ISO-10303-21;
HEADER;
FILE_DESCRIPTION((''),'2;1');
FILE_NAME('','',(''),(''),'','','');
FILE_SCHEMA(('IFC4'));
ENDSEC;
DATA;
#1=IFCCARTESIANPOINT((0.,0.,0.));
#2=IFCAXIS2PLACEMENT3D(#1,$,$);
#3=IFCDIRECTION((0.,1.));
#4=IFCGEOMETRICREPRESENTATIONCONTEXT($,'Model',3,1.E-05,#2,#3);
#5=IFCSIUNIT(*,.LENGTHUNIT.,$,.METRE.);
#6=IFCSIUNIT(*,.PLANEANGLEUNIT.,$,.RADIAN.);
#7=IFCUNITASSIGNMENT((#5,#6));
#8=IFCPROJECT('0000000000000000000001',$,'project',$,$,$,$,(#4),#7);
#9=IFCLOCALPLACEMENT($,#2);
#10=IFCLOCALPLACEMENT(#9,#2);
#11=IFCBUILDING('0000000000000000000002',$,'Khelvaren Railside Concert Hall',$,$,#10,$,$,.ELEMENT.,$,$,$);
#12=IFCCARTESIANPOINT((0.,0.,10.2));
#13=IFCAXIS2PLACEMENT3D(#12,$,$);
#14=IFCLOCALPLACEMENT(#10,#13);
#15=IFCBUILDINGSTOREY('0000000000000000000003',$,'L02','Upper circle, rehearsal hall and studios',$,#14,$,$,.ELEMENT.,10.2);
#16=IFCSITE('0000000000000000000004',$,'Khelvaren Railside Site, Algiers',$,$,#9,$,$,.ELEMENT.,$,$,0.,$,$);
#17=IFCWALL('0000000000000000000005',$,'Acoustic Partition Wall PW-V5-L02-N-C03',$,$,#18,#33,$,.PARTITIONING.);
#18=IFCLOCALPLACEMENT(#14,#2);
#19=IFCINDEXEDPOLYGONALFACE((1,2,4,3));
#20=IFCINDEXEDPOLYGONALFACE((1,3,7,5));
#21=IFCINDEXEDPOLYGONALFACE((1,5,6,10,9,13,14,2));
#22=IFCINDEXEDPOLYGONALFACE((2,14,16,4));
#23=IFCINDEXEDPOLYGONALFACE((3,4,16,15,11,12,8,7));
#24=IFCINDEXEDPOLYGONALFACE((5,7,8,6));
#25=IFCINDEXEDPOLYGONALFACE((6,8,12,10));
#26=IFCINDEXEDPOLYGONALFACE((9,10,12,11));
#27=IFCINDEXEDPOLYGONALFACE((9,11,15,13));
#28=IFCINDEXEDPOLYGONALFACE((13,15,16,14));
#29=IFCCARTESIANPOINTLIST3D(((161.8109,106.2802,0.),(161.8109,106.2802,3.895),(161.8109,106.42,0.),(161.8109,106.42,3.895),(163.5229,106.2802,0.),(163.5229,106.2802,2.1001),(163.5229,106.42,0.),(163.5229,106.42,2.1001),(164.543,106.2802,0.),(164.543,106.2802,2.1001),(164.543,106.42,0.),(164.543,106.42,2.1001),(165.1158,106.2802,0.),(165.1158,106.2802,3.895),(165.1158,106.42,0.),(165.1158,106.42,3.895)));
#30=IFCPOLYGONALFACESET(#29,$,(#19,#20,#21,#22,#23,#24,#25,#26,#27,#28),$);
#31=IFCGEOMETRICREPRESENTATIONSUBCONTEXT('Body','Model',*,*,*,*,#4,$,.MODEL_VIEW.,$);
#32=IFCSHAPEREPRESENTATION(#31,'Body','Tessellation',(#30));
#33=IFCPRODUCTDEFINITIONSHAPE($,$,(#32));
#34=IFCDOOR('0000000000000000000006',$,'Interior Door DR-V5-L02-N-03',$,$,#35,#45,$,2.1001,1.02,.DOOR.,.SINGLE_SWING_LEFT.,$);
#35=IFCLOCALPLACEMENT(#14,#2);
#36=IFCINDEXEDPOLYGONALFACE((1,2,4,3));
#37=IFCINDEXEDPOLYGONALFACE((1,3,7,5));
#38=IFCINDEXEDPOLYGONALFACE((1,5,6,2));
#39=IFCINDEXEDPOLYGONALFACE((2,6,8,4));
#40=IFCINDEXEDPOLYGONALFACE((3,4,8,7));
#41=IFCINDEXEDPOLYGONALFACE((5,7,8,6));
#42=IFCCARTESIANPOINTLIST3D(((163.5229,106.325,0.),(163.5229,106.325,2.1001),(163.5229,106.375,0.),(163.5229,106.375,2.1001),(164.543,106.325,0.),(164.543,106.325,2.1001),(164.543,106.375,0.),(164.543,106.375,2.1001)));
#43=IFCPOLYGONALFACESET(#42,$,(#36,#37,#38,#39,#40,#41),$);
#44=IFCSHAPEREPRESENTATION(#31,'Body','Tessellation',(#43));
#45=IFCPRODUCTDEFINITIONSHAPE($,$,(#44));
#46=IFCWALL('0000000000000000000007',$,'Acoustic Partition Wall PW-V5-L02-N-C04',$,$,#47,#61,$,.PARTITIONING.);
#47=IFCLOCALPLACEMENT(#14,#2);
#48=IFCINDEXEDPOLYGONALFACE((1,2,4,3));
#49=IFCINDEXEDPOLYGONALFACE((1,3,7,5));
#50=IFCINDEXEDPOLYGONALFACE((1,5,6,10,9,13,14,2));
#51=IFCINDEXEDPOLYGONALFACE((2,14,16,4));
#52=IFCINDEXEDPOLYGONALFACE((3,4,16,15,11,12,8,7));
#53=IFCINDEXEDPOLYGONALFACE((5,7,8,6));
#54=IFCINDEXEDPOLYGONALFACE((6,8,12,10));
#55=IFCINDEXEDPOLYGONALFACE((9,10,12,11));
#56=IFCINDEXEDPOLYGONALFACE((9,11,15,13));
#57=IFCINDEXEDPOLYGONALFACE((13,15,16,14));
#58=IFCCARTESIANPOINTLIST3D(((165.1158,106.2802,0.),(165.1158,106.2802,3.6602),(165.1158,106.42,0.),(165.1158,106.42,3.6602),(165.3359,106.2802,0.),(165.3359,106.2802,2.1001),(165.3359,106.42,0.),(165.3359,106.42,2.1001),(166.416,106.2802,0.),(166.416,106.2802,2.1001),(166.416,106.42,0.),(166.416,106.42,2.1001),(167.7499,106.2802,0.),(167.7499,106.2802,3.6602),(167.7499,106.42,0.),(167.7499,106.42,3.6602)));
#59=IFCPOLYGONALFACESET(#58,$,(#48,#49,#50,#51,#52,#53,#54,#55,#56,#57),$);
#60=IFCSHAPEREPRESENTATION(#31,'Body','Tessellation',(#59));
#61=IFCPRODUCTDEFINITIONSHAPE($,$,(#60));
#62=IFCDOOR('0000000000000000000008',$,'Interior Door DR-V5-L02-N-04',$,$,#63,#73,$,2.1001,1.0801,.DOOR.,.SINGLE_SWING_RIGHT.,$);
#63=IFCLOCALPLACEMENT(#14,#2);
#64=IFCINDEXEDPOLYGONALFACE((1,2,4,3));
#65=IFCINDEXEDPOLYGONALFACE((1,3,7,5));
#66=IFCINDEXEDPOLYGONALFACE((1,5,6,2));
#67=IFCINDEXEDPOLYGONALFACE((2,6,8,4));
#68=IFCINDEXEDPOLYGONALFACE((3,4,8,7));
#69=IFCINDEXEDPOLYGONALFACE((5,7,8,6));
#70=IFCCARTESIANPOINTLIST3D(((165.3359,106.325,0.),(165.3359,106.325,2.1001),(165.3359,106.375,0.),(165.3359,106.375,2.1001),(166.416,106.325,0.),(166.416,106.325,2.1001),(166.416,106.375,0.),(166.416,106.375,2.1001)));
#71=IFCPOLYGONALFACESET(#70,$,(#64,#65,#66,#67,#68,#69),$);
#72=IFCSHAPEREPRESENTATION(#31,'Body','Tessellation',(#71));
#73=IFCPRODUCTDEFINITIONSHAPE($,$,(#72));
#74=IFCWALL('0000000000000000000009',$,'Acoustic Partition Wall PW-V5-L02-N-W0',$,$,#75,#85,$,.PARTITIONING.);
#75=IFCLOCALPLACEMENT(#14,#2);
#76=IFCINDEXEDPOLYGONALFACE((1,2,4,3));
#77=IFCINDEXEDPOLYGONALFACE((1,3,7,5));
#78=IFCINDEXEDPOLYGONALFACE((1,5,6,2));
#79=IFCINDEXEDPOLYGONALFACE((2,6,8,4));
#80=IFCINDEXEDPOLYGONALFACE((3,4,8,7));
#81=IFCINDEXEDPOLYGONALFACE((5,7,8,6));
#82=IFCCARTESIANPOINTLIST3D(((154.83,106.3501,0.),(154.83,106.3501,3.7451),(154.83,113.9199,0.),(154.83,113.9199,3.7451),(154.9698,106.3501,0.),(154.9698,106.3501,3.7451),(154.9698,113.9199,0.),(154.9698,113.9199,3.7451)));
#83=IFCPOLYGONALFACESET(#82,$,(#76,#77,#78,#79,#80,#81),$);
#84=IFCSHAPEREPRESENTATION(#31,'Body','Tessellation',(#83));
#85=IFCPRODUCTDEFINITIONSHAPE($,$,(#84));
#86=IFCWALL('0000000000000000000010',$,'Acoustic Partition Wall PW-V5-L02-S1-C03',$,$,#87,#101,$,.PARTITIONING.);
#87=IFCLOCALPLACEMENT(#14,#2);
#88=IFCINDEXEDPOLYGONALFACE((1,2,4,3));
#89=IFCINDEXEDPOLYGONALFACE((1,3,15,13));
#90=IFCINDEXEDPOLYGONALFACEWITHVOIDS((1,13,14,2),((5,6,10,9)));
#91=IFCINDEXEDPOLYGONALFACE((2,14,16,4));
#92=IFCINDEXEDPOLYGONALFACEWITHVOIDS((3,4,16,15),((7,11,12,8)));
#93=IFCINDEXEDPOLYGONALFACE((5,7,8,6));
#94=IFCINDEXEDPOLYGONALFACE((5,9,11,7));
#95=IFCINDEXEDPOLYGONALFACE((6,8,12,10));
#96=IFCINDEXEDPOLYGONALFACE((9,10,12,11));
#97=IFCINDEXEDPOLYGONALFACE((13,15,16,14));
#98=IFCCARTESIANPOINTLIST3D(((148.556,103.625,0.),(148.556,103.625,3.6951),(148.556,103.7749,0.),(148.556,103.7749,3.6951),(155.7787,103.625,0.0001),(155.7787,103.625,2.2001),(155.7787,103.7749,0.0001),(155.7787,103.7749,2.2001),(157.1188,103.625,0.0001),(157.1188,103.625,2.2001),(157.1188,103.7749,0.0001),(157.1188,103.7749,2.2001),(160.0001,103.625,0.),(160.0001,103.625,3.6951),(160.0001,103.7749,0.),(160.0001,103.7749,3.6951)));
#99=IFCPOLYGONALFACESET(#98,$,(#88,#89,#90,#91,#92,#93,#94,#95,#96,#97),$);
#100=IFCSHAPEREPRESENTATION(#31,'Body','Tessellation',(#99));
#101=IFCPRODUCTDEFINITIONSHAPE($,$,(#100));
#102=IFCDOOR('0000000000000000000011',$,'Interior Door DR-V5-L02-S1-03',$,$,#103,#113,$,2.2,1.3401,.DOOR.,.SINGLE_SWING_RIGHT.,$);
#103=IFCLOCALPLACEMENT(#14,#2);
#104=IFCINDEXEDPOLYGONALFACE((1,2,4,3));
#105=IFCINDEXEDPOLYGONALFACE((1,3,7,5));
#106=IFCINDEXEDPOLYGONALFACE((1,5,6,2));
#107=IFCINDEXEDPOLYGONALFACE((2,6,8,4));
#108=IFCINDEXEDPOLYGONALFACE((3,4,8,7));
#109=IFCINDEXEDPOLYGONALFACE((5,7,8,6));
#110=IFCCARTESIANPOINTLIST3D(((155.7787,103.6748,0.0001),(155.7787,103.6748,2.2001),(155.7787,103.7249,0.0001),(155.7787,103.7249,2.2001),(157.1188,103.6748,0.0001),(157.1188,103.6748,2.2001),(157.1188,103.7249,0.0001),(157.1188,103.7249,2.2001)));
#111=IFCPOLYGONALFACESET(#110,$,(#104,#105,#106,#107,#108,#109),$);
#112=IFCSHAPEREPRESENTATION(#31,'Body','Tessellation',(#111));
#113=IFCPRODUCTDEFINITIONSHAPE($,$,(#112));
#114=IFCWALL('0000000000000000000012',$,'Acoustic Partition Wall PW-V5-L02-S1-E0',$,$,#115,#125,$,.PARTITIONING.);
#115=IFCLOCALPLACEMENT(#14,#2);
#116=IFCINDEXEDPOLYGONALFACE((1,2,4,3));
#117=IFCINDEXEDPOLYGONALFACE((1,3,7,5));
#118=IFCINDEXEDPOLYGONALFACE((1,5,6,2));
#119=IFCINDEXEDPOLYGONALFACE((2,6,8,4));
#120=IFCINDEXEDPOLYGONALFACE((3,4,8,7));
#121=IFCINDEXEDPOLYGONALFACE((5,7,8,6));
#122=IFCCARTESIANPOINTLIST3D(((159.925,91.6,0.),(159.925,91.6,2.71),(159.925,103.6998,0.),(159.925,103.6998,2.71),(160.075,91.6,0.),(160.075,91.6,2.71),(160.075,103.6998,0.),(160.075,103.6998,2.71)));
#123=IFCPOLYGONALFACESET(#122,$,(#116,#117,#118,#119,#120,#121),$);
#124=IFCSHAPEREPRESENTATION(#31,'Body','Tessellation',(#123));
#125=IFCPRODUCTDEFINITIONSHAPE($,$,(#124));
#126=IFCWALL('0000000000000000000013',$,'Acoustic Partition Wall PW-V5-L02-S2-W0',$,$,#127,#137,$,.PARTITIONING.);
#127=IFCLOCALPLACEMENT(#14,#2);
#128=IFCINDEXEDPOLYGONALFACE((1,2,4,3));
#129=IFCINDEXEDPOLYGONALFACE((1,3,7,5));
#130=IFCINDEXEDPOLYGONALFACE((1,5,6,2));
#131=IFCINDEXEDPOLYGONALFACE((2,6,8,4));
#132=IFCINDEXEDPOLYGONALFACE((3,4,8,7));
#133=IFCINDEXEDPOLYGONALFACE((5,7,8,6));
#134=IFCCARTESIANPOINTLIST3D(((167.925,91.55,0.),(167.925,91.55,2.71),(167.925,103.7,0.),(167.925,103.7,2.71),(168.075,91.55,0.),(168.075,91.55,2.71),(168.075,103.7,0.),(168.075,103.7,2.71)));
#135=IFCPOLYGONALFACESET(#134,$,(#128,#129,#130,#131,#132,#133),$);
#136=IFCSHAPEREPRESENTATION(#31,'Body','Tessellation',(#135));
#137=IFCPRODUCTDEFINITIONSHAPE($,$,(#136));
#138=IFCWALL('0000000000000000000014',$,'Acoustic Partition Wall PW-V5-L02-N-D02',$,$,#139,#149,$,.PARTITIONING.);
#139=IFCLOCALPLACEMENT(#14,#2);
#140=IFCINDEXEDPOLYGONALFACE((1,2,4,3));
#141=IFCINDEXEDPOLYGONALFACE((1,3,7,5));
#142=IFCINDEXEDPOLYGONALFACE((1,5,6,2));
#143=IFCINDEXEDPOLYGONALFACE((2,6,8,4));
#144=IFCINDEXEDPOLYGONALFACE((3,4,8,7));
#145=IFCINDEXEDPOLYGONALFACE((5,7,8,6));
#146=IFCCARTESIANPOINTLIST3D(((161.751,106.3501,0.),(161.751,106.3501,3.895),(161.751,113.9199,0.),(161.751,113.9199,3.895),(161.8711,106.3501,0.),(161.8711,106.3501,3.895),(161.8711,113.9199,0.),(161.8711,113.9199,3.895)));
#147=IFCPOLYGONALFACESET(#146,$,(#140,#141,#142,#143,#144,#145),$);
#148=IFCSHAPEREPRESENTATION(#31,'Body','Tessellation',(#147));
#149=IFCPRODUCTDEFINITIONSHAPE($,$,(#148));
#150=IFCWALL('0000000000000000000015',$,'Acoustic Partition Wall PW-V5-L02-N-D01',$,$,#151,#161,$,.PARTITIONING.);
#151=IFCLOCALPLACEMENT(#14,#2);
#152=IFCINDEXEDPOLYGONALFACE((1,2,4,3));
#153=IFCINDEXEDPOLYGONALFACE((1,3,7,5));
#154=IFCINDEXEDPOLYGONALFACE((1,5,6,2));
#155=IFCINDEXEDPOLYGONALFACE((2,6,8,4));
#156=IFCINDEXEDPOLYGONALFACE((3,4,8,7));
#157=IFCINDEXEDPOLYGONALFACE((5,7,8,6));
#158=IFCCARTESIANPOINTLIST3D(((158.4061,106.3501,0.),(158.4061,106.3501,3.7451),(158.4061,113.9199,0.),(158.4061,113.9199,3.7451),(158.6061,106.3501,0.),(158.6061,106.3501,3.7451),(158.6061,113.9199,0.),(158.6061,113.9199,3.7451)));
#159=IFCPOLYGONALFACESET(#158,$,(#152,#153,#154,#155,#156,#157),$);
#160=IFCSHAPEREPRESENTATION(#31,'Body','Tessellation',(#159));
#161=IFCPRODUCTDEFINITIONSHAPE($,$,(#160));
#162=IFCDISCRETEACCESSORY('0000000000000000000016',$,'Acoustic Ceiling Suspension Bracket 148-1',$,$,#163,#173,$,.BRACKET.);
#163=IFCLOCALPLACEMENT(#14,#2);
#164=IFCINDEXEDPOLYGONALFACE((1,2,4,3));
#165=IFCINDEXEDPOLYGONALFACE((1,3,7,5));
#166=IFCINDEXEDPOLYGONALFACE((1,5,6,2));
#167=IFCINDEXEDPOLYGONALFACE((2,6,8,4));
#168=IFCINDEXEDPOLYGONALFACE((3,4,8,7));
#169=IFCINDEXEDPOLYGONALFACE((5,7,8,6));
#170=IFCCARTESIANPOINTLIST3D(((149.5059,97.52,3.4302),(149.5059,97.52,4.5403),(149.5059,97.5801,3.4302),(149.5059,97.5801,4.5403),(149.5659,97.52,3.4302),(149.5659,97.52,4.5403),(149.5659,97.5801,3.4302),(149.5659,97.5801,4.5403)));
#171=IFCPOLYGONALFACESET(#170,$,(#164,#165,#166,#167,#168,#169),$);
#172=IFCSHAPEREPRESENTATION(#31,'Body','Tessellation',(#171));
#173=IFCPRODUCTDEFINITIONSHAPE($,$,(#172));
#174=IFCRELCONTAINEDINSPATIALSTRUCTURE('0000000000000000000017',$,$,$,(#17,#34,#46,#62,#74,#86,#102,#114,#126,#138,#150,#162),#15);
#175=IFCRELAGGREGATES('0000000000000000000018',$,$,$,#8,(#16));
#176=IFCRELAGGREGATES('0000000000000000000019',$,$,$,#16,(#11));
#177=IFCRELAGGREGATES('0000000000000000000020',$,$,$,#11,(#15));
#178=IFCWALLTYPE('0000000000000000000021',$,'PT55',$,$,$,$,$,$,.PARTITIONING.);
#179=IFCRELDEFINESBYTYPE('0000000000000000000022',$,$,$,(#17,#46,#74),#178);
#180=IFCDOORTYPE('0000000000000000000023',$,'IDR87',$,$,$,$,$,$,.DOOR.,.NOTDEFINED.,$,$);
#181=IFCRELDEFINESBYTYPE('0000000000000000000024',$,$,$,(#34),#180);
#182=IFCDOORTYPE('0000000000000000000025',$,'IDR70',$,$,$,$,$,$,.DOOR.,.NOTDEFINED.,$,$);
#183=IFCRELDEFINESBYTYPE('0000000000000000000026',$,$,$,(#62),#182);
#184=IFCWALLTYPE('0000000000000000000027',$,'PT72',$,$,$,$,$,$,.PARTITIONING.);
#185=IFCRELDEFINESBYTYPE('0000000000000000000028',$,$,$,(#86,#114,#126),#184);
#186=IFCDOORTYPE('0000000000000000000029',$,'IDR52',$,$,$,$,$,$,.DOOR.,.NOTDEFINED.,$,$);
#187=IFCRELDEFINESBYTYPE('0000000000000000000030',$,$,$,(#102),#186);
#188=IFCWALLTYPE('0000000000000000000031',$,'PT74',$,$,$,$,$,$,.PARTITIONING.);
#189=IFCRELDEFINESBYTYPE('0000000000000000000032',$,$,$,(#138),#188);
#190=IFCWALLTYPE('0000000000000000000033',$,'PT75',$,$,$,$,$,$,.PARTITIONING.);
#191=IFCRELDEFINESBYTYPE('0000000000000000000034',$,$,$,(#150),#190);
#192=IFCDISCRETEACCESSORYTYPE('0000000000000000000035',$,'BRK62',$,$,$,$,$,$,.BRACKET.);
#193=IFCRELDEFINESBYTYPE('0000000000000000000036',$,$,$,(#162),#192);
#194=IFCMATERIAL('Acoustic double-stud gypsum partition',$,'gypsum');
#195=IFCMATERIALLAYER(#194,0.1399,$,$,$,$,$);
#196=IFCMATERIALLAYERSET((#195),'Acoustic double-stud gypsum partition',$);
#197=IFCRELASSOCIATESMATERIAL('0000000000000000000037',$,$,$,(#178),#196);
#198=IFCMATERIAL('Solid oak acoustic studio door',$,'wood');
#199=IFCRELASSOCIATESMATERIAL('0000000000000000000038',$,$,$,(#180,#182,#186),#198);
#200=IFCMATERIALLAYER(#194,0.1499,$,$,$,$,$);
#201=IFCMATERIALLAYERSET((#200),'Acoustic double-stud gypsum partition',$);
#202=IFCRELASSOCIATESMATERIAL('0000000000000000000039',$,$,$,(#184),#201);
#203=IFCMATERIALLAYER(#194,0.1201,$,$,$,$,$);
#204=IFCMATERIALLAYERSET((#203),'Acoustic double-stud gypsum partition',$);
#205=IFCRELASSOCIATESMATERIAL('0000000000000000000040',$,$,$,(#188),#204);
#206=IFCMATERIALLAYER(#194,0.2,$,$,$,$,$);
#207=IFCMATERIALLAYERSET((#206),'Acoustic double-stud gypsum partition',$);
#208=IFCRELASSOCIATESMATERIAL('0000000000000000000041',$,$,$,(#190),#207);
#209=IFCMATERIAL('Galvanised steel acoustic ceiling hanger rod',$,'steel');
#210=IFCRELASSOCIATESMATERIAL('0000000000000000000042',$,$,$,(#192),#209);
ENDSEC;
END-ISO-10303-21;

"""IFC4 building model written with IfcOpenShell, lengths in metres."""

from ifc_helpers import new_model, si_unit, direction, frame, frame_2d, origin, origin_2d, place, context, subcontext, project, spatial, rectangle, extrude, material, layer, layer_set, type_object, element, fill, save


model = new_model("IFC4")

# Units and contexts
model_context = context("Model", 3, precision=1e-05, world=origin(), true_north=direction((0.0, 1.0)))
body_context = subcontext(model_context, "Body", "Model", "MODEL_VIEW")
ifc_project = project(units=[si_unit("LENGTHUNIT", "METRE"), si_unit("PLANEANGLEUNIT", "RADIAN")], contexts=[model_context])

# Site, building, storey
site_placement = place(None, origin())
site = spatial("IfcSite", under=ifc_project, at=site_placement, Name="Khelvaren Railside Site, Algiers", CompositionType="ELEMENT", RefElevation=0.0)
building_placement = place(site_placement, origin())
building = spatial("IfcBuilding", under=site, at=building_placement, Name="Khelvaren Railside Concert Hall", CompositionType="ELEMENT")
storey_placement = place(building_placement, frame((0.0, 0.0, 10.2)))
storey = spatial("IfcBuildingStorey", under=building, at=storey_placement, Name="L02", Description="Upper circle, rehearsal hall and studios", CompositionType="ELEMENT", Elevation=10.2)

# Shared definitions
ifc_material_1 = material(Name="Acoustic double-stud gypsum partition", Category="gypsum")

# Walls, openings, doors
ifc_layer_1 = layer(ifc_material_1, 0.1399)
ifc_layer_set_1 = layer_set([ifc_layer_1], Name="Acoustic double-stud gypsum partition")
wall_type_1 = type_object("IfcWallType", Name="PT55", PredefinedType="PARTITIONING", material=ifc_layer_set_1)
ifc_material_2 = material(Name="Solid oak acoustic studio door", Category="wood")
wall_1_placement = place(storey_placement, frame((161.811, 106.3501, 0.0), z_axis=(0.0, 0.0, 1.0), x_axis=(1.0, 0.0, 0.0)))
wall_1 = element("IfcWall", 1, at=wall_1_placement, inside=storey, type_object=wall_type_1, Name="Acoustic Partition Wall PW-V5-L02-N-C03", PredefinedType="PARTITIONING", context=body_context, shape_type="SweptSolid", body=[
    extrude(rectangle(XDim=3.3049, YDim=0.1399, at=frame_2d((1.6523, 0.0))), origin(), (0.0, 0.0, 1.0), 3.895),
])
opening_1_placement = place(wall_1_placement, frame((1.7119, 0.0, 0.0)))
opening_1 = element("IfcOpeningElement", 2, at=opening_1_placement, cuts=wall_1, PredefinedType="OPENING", context=body_context, shape_type="SweptSolid", body=[
    extrude(rectangle(XDim=1.02, YDim=2.1001, at=frame_2d((0.51, 1.05))), frame((0.0, 0.0798, 0.0), z_axis=(0.0, -1.0, 0.0), x_axis=(1.0, 0.0, 0.0)), (0.0, 0.0, 1.0), 0.1599),
])
door_type_1 = type_object("IfcDoorType", Name="IDR87", OperationType="NOTDEFINED", PredefinedType="DOOR", material=ifc_material_2)
door_1_placement = place(opening_1_placement, origin())
door_1 = element("IfcDoor", 3, at=door_1_placement, inside=storey, type_object=door_type_1, Name="Interior Door DR-V5-L02-N-03", OperationType="SINGLE_SWING_LEFT", OverallHeight=2.1001, OverallWidth=1.02, PredefinedType="DOOR", context=body_context, shape_type="SweptSolid", body=[
    extrude(rectangle(XDim=1.02, YDim=2.1001, at=frame_2d((0.51, 1.05))), frame((0.0, 0.0249, 0.0), z_axis=(0.0, -1.0, 0.0), x_axis=(1.0, 0.0, 0.0)), (0.0, 0.0, 1.0), 0.05),
])
fill(opening_1, door_1)
wall_2_placement = place(storey_placement, frame((165.116, 106.3501, 0.0), z_axis=(0.0, 0.0, 1.0), x_axis=(1.0, 0.0, 0.0)))
wall_2 = element("IfcWall", 4, at=wall_2_placement, inside=storey, type_object=wall_type_1, Name="Acoustic Partition Wall PW-V5-L02-N-C04", PredefinedType="PARTITIONING", context=body_context, shape_type="SweptSolid", body=[
    extrude(rectangle(XDim=2.634, YDim=0.1399, at=frame_2d((1.3169, 0.0))), origin(), (0.0, 0.0, 1.0), 3.6602),
])
opening_2_placement = place(wall_2_placement, frame((0.22, 0.0, 0.0)))
opening_2 = element("IfcOpeningElement", 5, at=opening_2_placement, cuts=wall_2, PredefinedType="OPENING", context=body_context, shape_type="SweptSolid", body=[
    extrude(rectangle(XDim=1.0801, YDim=2.1001, at=frame_2d((0.54, 1.05))), frame((0.0, 0.0798, 0.0), z_axis=(0.0, -1.0, 0.0), x_axis=(1.0, 0.0, 0.0)), (0.0, 0.0, 1.0), 0.1599),
])
door_type_2 = type_object("IfcDoorType", Name="IDR70", OperationType="NOTDEFINED", PredefinedType="DOOR", material=ifc_material_2)
door_2_placement = place(opening_2_placement, origin())
door_2 = element("IfcDoor", 6, at=door_2_placement, inside=storey, type_object=door_type_2, Name="Interior Door DR-V5-L02-N-04", OperationType="SINGLE_SWING_RIGHT", OverallHeight=2.1001, OverallWidth=1.0801, PredefinedType="DOOR", context=body_context, shape_type="SweptSolid", body=[
    extrude(rectangle(XDim=1.0801, YDim=2.1001, at=frame_2d((0.54, 1.05))), frame((0.0, 0.0249, 0.0), z_axis=(0.0, -1.0, 0.0), x_axis=(1.0, 0.0, 0.0)), (0.0, 0.0, 1.0), 0.05),
])
fill(opening_2, door_2)

# Wall
wall_3_placement = place(storey_placement, frame((154.8999, 106.3501, 0.0), z_axis=(0.0, 0.0, 1.0), x_axis=(0.0, 1.0, 0.0)))
element("IfcWall", 7, at=wall_3_placement, inside=storey, type_object=wall_type_1, Name="Acoustic Partition Wall PW-V5-L02-N-W0", PredefinedType="PARTITIONING", context=body_context, shape_type="SweptSolid", body=[
    extrude(rectangle(XDim=7.5698, YDim=0.1399, at=frame_2d((3.7849, 0.0))), origin(), (0.0, 0.0, 1.0), 3.7451),
])

# Wall, opening, door
ifc_layer_2 = layer(ifc_material_1, 0.1499)
ifc_layer_set_2 = layer_set([ifc_layer_2], Name="Acoustic double-stud gypsum partition")
wall_type_2 = type_object("IfcWallType", Name="PT72", PredefinedType="PARTITIONING", material=ifc_layer_set_2)
wall_4_placement = place(storey_placement, frame((148.5559, 103.7, 0.0), z_axis=(0.0, 0.0, 1.0), x_axis=(1.0, 0.0, 0.0)))
wall_4 = element("IfcWall", 8, at=wall_4_placement, inside=storey, type_object=wall_type_2, Name="Acoustic Partition Wall PW-V5-L02-S1-C03", PredefinedType="PARTITIONING", context=body_context, shape_type="SweptSolid", body=[
    extrude(rectangle(XDim=11.4441, YDim=0.1499, at=frame_2d((5.7222, 0.0))), origin(), (0.0, 0.0, 1.0), 3.6951),
])
opening_3_placement = place(wall_4_placement, frame((7.2229, 0.0, 0.0)))
opening_3 = element("IfcOpeningElement", 9, at=opening_3_placement, cuts=wall_4, PredefinedType="OPENING", context=body_context, shape_type="SweptSolid", body=[
    extrude(rectangle(XDim=1.3401, YDim=2.2, at=frame_2d((0.6699, 1.1001))), frame((0.0, 0.085, 0.0), z_axis=(0.0, -1.0, 0.0), x_axis=(1.0, 0.0, 0.0)), (0.0, 0.0, 1.0), 0.1699),
])
door_type_3 = type_object("IfcDoorType", Name="IDR52", OperationType="NOTDEFINED", PredefinedType="DOOR", material=ifc_material_2)
door_3_placement = place(opening_3_placement, origin())
door_3 = element("IfcDoor", 10, at=door_3_placement, inside=storey, type_object=door_type_3, Name="Interior Door DR-V5-L02-S1-03", OperationType="SINGLE_SWING_RIGHT", OverallHeight=2.2, OverallWidth=1.3401, PredefinedType="DOOR", context=body_context, shape_type="SweptSolid", body=[
    extrude(rectangle(XDim=1.3401, YDim=2.2, at=frame_2d((0.6699, 1.1001))), frame((0.0, 0.0249, 0.0), z_axis=(0.0, -1.0, 0.0), x_axis=(1.0, 0.0, 0.0)), (0.0, 0.0, 1.0), 0.05),
])
fill(opening_3, door_3)

# Walls
wall_5_placement = place(storey_placement, frame((160.0, 91.6001, 0.0), z_axis=(0.0, 0.0, 1.0), x_axis=(0.0, 1.0, 0.0)))
element("IfcWall", 11, at=wall_5_placement, inside=storey, type_object=wall_type_2, Name="Acoustic Partition Wall PW-V5-L02-S1-E0", PredefinedType="PARTITIONING", context=body_context, shape_type="SweptSolid", body=[
    extrude(rectangle(XDim=12.0999, YDim=0.1499, at=frame_2d((6.0498, 0.0))), origin(), (0.0, 0.0, 1.0), 2.71),
])
wall_6_placement = place(storey_placement, frame((168.0, 91.55, 0.0), z_axis=(0.0, 0.0, 1.0), x_axis=(0.0, 1.0, 0.0)))
element("IfcWall", 12, at=wall_6_placement, inside=storey, type_object=wall_type_2, Name="Acoustic Partition Wall PW-V5-L02-S2-W0", PredefinedType="PARTITIONING", context=body_context, shape_type="SweptSolid", body=[
    extrude(rectangle(XDim=12.1499, YDim=0.1499, at=frame_2d((6.075, 0.0))), origin(), (0.0, 0.0, 1.0), 2.71),
])
ifc_layer_3 = layer(ifc_material_1, 0.1201)
ifc_layer_set_3 = layer_set([ifc_layer_3], Name="Acoustic double-stud gypsum partition")
wall_type_3 = type_object("IfcWallType", Name="PT74", PredefinedType="PARTITIONING", material=ifc_layer_set_3)
wall_7_placement = place(storey_placement, frame((161.811, 106.3501, 0.0), z_axis=(0.0, 0.0, 1.0), x_axis=(0.0, 1.0, 0.0)))
element("IfcWall", 13, at=wall_7_placement, inside=storey, type_object=wall_type_3, Name="Acoustic Partition Wall PW-V5-L02-N-D02", PredefinedType="PARTITIONING", context=body_context, shape_type="SweptSolid", body=[
    extrude(rectangle(XDim=7.5698, YDim=0.1201, at=frame_2d((3.7849, 0.0))), origin(), (0.0, 0.0, 1.0), 3.895),
])
ifc_layer_4 = layer(ifc_material_1, 0.2)
ifc_layer_set_4 = layer_set([ifc_layer_4], Name="Acoustic double-stud gypsum partition")
wall_type_4 = type_object("IfcWallType", Name="PT75", PredefinedType="PARTITIONING", material=ifc_layer_set_4)
wall_8_placement = place(storey_placement, frame((158.5061, 106.3501, 0.0), z_axis=(0.0, 0.0, 1.0), x_axis=(0.0, 1.0, 0.0)))
element("IfcWall", 14, at=wall_8_placement, inside=storey, type_object=wall_type_4, Name="Acoustic Partition Wall PW-V5-L02-N-D01", PredefinedType="PARTITIONING", context=body_context, shape_type="SweptSolid", body=[
    extrude(rectangle(XDim=7.5698, YDim=0.2, at=frame_2d((3.7849, 0.0))), origin(), (0.0, 0.0, 1.0), 3.7451),
])

# Discrete accessory
ifc_material_3 = material(Name="Galvanised steel acoustic ceiling hanger rod", Category="steel")
discrete_accessory_type = type_object("IfcDiscreteAccessoryType", Name="BRK62", PredefinedType="BRACKET", material=ifc_material_3)
for number, where, z_axis, x_axis, name in (
    (15, (149.5359, 97.55, 3.4302), (0.0, 0.0, 1.0), (1.0, 0.0, 0.0), "Acoustic Ceiling Suspension Bracket 148-1"),
):
    element("IfcDiscreteAccessory", number, at=place(storey_placement, frame(where, z_axis=z_axis, x_axis=x_axis)), inside=storey, type_object=discrete_accessory_type, Name=name, PredefinedType="BRACKET", context=body_context, shape_type="SweptSolid", body=[
        extrude(rectangle(XDim=0.0601, YDim=0.0601, at=origin_2d()), origin(), (0.0, 0.0, 1.0), 1.1101),
    ])

save(model, "model.ifc")
